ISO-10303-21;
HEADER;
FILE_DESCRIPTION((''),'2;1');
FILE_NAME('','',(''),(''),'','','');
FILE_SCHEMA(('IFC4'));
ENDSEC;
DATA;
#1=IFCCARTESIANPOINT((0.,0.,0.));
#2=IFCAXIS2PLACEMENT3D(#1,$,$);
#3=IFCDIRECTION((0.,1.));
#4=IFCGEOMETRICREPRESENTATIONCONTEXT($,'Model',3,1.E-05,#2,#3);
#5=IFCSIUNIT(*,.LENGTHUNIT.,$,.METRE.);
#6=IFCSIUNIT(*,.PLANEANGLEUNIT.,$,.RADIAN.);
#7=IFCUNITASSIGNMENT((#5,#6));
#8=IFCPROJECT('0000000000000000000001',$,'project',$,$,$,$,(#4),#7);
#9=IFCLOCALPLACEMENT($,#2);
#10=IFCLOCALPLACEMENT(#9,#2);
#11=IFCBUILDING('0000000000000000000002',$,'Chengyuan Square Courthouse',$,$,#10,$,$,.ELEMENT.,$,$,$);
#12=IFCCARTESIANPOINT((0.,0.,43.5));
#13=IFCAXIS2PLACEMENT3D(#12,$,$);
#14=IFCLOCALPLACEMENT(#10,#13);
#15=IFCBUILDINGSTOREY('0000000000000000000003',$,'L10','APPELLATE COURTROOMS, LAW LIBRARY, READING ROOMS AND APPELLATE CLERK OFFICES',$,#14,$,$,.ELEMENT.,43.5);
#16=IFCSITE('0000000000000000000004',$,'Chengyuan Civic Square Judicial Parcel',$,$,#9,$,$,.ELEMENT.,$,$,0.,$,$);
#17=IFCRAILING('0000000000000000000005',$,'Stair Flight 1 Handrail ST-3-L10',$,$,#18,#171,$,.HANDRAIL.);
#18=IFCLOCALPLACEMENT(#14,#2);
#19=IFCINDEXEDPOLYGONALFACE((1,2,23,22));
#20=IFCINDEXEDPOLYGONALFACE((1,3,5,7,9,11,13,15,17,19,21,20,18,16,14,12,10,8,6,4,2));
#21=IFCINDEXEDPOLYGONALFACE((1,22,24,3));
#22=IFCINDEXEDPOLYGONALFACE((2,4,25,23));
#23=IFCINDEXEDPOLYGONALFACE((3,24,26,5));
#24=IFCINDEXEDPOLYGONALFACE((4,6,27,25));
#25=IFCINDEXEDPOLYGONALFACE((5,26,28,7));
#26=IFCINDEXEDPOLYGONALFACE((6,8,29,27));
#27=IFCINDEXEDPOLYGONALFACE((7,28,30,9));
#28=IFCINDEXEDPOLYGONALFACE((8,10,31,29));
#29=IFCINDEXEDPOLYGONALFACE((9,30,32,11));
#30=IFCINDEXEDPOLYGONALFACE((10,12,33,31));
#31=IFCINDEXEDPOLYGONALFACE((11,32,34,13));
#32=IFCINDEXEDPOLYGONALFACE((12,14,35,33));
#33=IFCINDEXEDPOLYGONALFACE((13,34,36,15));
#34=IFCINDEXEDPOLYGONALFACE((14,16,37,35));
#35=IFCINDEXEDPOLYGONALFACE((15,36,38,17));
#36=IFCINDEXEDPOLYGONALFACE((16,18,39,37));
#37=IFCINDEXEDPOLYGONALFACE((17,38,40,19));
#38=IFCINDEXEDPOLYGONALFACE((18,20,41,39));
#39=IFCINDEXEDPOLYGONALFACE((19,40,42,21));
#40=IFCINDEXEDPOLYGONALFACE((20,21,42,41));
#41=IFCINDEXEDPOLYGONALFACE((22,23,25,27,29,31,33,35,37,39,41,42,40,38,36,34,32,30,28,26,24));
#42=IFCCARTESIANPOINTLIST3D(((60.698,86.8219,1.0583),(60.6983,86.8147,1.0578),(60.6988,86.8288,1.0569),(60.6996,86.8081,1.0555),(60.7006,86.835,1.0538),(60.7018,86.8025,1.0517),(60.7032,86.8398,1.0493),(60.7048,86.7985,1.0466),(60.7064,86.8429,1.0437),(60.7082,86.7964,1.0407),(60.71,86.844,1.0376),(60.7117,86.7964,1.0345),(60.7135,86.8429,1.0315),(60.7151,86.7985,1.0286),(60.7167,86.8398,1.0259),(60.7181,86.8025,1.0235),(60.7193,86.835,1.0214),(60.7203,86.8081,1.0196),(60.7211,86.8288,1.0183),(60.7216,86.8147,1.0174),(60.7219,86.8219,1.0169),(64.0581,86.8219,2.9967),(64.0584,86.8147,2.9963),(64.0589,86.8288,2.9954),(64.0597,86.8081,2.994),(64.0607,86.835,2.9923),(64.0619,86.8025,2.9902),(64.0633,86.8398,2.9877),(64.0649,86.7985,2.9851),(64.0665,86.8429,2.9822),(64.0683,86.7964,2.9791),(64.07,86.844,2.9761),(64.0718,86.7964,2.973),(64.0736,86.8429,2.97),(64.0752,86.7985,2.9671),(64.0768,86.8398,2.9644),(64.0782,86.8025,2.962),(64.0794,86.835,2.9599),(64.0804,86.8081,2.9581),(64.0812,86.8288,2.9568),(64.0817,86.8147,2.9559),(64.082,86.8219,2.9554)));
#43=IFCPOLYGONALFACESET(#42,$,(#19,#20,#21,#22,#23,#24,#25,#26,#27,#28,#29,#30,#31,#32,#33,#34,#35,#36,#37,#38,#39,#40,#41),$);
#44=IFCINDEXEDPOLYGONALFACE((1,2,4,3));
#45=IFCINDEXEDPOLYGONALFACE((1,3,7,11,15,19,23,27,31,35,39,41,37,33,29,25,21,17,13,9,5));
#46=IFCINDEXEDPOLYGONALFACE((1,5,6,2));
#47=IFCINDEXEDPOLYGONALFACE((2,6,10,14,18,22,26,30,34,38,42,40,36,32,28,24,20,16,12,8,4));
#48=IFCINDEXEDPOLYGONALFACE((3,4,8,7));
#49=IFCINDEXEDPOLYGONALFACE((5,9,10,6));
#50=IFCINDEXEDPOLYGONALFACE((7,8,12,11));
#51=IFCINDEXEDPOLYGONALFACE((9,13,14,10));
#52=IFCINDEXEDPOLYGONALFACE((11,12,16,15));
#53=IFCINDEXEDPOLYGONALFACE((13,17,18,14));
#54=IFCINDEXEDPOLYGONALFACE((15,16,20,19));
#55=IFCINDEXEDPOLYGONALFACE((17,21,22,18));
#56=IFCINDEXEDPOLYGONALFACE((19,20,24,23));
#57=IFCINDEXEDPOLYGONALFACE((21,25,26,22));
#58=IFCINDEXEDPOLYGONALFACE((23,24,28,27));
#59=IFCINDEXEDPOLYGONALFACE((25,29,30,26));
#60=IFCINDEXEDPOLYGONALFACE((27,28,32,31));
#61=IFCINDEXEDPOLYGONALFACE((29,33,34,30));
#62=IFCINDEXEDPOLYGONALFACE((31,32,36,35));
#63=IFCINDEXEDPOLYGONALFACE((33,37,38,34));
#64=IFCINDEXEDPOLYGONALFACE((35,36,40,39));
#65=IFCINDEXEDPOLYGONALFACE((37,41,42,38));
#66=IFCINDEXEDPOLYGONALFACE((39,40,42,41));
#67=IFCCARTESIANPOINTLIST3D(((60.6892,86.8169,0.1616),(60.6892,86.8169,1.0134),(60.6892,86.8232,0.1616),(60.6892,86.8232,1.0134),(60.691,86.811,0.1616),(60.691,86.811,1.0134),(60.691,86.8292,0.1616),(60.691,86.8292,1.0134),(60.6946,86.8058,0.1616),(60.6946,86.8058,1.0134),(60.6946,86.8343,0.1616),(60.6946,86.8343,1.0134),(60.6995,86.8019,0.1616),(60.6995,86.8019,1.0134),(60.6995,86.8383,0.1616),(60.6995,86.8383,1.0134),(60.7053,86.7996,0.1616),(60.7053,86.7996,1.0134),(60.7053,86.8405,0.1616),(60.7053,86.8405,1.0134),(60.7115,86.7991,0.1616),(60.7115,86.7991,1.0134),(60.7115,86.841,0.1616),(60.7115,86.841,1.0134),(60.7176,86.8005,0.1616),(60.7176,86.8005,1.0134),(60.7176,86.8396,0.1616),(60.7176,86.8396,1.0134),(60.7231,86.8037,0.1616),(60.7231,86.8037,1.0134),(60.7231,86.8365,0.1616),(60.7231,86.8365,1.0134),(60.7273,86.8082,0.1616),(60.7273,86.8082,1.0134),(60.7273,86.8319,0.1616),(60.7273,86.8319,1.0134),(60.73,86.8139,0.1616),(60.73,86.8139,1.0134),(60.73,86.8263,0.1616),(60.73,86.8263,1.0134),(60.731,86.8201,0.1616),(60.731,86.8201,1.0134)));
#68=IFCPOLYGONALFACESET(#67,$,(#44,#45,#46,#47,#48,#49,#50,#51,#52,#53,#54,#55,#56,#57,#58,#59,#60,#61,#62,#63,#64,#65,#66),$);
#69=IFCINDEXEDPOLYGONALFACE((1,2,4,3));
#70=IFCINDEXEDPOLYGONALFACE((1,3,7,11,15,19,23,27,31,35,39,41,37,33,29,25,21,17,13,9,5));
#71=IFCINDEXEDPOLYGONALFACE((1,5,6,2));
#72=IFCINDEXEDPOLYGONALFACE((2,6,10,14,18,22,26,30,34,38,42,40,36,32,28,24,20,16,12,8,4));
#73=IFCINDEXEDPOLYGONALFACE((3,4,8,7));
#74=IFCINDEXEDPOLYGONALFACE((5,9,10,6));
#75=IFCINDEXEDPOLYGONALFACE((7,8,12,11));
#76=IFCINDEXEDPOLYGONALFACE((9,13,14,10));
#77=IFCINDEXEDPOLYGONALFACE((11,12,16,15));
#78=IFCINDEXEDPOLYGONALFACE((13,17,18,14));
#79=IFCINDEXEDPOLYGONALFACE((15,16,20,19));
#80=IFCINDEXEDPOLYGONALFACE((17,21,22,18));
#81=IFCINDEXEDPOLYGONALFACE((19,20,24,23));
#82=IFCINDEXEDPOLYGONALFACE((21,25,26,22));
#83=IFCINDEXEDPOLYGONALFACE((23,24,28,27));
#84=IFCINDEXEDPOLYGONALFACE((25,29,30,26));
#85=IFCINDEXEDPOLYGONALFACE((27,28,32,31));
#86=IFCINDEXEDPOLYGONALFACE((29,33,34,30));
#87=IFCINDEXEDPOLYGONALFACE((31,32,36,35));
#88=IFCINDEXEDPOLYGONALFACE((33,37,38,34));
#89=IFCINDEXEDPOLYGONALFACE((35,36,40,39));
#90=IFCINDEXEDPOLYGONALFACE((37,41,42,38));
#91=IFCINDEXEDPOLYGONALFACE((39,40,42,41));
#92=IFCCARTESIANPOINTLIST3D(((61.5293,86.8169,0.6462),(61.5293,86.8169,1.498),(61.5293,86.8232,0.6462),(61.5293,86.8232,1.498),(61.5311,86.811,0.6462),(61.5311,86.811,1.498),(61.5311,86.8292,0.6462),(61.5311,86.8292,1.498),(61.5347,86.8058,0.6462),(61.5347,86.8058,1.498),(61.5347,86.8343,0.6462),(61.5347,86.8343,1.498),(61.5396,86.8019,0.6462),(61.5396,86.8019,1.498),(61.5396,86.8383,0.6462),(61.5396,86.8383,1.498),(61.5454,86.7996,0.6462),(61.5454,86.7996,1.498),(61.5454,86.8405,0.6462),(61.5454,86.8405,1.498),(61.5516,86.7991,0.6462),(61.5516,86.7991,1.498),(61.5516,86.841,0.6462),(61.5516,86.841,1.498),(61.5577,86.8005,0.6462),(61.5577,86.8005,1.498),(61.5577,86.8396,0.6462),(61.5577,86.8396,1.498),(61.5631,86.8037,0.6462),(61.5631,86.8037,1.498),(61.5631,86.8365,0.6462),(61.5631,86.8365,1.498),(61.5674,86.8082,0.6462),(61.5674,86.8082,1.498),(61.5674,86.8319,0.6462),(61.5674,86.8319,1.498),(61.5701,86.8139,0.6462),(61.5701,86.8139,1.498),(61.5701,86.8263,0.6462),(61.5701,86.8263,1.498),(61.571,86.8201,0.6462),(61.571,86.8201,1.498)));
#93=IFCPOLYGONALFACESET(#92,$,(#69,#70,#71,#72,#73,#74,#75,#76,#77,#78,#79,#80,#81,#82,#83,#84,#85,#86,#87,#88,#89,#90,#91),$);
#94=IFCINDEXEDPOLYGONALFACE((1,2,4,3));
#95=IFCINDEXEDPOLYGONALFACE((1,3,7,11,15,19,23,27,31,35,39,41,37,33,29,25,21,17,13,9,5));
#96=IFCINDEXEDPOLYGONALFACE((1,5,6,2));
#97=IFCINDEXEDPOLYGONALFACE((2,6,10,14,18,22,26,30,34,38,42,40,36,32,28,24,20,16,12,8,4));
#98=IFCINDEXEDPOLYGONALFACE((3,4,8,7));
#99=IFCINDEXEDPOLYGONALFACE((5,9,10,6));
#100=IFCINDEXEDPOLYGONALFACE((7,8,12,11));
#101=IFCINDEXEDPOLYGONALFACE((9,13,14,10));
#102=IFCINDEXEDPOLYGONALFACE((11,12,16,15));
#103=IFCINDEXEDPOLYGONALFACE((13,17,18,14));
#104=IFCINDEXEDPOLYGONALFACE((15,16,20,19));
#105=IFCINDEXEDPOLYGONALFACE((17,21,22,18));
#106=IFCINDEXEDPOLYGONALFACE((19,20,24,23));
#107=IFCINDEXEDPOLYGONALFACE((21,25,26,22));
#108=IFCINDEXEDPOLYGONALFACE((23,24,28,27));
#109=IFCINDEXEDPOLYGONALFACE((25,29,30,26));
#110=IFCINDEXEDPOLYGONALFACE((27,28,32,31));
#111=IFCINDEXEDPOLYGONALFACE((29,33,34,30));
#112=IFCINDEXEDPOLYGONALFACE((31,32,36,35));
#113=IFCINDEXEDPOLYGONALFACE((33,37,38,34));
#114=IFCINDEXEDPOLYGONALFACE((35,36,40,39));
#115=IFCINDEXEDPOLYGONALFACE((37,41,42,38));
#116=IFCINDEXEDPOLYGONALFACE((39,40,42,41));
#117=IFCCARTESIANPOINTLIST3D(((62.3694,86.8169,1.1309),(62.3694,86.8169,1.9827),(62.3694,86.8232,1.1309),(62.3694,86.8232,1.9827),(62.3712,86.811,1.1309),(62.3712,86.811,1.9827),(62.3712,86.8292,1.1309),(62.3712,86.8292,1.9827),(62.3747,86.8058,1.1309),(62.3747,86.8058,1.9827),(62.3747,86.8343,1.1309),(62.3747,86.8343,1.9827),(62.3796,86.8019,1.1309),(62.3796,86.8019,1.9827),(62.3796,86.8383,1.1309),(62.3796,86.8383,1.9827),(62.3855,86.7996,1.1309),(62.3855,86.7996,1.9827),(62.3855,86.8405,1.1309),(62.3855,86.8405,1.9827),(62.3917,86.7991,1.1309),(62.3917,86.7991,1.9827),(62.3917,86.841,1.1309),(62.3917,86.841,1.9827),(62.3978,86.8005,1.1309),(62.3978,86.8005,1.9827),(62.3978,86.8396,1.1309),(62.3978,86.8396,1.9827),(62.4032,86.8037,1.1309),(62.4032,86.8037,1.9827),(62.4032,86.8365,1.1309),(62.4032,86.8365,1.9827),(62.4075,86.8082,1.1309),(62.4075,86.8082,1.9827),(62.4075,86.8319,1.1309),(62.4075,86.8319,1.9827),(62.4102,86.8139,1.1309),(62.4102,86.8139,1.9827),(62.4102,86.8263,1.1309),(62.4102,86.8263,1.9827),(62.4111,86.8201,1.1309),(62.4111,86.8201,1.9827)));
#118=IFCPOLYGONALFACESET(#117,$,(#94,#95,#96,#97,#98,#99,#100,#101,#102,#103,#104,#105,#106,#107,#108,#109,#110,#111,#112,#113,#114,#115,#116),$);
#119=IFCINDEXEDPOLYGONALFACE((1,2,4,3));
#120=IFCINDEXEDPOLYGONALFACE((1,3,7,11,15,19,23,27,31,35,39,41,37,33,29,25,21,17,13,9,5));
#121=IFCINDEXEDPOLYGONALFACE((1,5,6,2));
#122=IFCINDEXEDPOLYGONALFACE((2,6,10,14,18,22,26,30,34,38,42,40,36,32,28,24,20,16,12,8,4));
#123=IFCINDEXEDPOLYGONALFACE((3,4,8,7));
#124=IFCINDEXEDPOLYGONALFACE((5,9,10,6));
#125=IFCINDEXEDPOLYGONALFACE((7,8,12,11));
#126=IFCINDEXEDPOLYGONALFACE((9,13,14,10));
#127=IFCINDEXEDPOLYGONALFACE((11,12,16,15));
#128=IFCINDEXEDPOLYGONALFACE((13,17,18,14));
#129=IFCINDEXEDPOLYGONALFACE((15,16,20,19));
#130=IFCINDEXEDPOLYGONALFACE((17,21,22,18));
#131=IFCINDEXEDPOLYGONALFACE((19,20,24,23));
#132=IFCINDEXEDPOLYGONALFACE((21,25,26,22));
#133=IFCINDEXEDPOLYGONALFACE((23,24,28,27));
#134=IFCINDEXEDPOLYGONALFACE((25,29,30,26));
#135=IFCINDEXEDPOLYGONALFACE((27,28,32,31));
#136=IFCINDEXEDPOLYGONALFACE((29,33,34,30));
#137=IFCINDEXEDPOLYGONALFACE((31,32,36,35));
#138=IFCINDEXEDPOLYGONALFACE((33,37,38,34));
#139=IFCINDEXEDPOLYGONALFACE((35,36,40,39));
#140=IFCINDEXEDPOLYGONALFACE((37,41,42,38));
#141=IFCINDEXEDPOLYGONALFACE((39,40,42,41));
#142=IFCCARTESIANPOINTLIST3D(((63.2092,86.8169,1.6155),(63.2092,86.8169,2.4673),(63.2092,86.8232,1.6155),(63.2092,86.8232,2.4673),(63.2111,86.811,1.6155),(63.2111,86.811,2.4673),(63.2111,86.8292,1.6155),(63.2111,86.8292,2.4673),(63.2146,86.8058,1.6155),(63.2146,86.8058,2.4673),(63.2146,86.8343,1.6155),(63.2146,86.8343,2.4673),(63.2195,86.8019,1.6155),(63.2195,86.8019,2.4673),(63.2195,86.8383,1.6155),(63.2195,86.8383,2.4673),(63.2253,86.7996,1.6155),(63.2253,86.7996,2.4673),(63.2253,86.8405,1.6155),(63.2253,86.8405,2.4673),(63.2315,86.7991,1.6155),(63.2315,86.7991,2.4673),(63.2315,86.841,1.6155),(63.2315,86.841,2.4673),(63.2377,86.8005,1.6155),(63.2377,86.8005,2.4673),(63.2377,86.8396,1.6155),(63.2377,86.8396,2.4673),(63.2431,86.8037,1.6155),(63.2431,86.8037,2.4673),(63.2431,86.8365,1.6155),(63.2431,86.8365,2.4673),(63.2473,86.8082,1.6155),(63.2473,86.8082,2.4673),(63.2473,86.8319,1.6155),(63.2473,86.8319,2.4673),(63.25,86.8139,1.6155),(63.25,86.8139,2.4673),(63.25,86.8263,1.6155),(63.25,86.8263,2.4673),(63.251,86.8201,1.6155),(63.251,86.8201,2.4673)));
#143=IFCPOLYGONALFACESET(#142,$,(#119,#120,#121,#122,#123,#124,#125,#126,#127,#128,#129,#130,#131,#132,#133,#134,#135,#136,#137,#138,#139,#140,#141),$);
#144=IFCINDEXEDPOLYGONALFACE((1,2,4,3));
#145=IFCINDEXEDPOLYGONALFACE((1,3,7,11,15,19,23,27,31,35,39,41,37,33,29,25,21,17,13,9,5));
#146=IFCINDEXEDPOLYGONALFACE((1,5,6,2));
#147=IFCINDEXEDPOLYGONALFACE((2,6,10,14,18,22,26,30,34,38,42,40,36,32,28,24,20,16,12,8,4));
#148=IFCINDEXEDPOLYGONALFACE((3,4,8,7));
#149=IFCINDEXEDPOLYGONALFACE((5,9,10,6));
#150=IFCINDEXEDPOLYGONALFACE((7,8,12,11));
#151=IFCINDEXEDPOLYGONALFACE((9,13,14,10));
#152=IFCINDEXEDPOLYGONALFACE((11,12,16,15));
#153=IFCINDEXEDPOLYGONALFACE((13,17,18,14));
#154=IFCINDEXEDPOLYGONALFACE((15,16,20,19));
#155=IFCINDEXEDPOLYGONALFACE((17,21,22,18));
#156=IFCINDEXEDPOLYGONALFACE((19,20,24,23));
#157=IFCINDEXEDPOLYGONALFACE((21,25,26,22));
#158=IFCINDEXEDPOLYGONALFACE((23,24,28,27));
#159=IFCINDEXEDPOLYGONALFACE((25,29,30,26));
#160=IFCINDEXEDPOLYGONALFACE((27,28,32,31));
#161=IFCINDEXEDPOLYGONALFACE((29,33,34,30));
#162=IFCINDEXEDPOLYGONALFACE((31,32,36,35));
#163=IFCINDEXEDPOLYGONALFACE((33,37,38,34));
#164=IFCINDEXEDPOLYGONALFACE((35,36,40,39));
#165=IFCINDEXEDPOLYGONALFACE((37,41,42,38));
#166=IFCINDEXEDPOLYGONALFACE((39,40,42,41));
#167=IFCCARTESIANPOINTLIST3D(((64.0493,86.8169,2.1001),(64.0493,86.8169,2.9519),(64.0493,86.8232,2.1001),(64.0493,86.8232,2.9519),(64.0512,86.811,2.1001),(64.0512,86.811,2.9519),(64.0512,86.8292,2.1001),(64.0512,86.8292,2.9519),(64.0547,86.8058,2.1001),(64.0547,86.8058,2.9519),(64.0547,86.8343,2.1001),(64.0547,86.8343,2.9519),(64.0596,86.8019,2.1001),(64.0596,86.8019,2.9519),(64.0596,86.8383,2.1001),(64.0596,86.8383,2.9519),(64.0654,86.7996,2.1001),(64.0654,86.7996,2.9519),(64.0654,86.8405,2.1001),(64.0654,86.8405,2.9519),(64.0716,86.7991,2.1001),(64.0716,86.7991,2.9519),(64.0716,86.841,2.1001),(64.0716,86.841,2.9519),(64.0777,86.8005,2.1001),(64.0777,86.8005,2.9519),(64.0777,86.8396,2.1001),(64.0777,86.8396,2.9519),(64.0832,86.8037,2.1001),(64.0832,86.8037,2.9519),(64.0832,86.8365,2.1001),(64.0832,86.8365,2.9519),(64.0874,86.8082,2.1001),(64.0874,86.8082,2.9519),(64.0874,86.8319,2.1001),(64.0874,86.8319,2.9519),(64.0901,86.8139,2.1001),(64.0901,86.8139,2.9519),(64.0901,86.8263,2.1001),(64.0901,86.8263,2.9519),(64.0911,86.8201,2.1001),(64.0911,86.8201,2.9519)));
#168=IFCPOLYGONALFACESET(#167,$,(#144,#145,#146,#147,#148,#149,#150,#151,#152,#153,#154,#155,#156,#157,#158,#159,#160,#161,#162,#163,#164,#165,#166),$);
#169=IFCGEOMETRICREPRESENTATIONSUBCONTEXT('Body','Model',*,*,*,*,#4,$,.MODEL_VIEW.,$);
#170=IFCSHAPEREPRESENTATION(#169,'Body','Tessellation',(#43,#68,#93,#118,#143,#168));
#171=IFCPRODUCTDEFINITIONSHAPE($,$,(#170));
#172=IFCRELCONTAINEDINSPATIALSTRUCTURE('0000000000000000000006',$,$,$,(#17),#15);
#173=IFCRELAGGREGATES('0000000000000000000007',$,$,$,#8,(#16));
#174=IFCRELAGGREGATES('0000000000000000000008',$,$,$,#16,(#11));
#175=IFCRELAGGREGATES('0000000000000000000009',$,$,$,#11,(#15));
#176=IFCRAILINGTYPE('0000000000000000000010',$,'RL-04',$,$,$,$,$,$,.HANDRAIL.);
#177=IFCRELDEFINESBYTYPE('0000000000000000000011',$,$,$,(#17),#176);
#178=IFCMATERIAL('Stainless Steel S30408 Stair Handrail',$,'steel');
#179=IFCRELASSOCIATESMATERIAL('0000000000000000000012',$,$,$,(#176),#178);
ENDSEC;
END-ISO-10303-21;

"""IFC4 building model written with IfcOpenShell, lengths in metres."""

from ifc_helpers import new_model, si_unit, direction, frame, origin, origin_2d, place, context, subcontext, project, spatial, circle, extrude, material, type_object, element, save


model = new_model("IFC4")

# Units and contexts
model_context = context("Model", 3, precision=1e-05, world=origin(), true_north=direction((0.0, 1.0)))
body_context = subcontext(model_context, "Body", "Model", "MODEL_VIEW")
ifc_project = project(units=[si_unit("LENGTHUNIT", "METRE"), si_unit("PLANEANGLEUNIT", "RADIAN")], contexts=[model_context])

# Site, building, storey
site_placement = place(None, origin())
site = spatial("IfcSite", under=ifc_project, at=site_placement, Name="Chengyuan Civic Square Judicial Parcel", CompositionType="ELEMENT", RefElevation=0.0)
building_placement = place(site_placement, origin())
building = spatial("IfcBuilding", under=site, at=building_placement, Name="Chengyuan Square Courthouse", CompositionType="ELEMENT")
storey_placement = place(building_placement, frame((0.0, 0.0, 43.5)))
storey = spatial("IfcBuildingStorey", under=building, at=storey_placement, Name="L10", Description="APPELLATE COURTROOMS, LAW LIBRARY, READING ROOMS AND APPELLATE CLERK OFFICES", CompositionType="ELEMENT", Elevation=43.5)

# Railing
ifc_material_1 = material(Name="Stainless Steel S30408 Stair Handrail", Category="steel")
railing_type_1 = type_object("IfcRailingType", Name="RL-04", PredefinedType="HANDRAIL", material=ifc_material_1)
railing_1_placement = place(storey_placement, frame((60.71, 86.8201, 0.1616)))
element("IfcRailing", 1, at=railing_1_placement, inside=storey, type_object=railing_type_1, Name="Stair Flight 1 Handrail ST-3-L10", PredefinedType="HANDRAIL", context=body_context, shape_type="SweptSolid", body=[
    extrude(circle(Radius=0.0239, at=origin_2d()), frame((0.0, 0.0, 0.876), z_axis=(0.866191, 0.0, 0.499713), x_axis=(0.0, 1.0, 0.0)), (0.0, 0.0, 1.0), 3.8792),
    extrude(circle(Radius=0.021, at=origin_2d()), origin(), (0.0, 0.0, 1.0), 0.8518),
    extrude(circle(Radius=0.021, at=origin_2d()), frame((0.8401, 0.0, 0.4846)), (0.0, 0.0, 1.0), 0.8518),
    extrude(circle(Radius=0.021, at=origin_2d()), frame((1.6802, 0.0, 0.9692)), (0.0, 0.0, 1.0), 0.8518),
    extrude(circle(Radius=0.021, at=origin_2d()), frame((2.52, 0.0, 1.4539)), (0.0, 0.0, 1.0), 0.8518),
    extrude(circle(Radius=0.021, at=origin_2d()), frame((3.3601, 0.0, 1.9385)), (0.0, 0.0, 1.0), 0.8518),
])

save(model, "model.ifc")
